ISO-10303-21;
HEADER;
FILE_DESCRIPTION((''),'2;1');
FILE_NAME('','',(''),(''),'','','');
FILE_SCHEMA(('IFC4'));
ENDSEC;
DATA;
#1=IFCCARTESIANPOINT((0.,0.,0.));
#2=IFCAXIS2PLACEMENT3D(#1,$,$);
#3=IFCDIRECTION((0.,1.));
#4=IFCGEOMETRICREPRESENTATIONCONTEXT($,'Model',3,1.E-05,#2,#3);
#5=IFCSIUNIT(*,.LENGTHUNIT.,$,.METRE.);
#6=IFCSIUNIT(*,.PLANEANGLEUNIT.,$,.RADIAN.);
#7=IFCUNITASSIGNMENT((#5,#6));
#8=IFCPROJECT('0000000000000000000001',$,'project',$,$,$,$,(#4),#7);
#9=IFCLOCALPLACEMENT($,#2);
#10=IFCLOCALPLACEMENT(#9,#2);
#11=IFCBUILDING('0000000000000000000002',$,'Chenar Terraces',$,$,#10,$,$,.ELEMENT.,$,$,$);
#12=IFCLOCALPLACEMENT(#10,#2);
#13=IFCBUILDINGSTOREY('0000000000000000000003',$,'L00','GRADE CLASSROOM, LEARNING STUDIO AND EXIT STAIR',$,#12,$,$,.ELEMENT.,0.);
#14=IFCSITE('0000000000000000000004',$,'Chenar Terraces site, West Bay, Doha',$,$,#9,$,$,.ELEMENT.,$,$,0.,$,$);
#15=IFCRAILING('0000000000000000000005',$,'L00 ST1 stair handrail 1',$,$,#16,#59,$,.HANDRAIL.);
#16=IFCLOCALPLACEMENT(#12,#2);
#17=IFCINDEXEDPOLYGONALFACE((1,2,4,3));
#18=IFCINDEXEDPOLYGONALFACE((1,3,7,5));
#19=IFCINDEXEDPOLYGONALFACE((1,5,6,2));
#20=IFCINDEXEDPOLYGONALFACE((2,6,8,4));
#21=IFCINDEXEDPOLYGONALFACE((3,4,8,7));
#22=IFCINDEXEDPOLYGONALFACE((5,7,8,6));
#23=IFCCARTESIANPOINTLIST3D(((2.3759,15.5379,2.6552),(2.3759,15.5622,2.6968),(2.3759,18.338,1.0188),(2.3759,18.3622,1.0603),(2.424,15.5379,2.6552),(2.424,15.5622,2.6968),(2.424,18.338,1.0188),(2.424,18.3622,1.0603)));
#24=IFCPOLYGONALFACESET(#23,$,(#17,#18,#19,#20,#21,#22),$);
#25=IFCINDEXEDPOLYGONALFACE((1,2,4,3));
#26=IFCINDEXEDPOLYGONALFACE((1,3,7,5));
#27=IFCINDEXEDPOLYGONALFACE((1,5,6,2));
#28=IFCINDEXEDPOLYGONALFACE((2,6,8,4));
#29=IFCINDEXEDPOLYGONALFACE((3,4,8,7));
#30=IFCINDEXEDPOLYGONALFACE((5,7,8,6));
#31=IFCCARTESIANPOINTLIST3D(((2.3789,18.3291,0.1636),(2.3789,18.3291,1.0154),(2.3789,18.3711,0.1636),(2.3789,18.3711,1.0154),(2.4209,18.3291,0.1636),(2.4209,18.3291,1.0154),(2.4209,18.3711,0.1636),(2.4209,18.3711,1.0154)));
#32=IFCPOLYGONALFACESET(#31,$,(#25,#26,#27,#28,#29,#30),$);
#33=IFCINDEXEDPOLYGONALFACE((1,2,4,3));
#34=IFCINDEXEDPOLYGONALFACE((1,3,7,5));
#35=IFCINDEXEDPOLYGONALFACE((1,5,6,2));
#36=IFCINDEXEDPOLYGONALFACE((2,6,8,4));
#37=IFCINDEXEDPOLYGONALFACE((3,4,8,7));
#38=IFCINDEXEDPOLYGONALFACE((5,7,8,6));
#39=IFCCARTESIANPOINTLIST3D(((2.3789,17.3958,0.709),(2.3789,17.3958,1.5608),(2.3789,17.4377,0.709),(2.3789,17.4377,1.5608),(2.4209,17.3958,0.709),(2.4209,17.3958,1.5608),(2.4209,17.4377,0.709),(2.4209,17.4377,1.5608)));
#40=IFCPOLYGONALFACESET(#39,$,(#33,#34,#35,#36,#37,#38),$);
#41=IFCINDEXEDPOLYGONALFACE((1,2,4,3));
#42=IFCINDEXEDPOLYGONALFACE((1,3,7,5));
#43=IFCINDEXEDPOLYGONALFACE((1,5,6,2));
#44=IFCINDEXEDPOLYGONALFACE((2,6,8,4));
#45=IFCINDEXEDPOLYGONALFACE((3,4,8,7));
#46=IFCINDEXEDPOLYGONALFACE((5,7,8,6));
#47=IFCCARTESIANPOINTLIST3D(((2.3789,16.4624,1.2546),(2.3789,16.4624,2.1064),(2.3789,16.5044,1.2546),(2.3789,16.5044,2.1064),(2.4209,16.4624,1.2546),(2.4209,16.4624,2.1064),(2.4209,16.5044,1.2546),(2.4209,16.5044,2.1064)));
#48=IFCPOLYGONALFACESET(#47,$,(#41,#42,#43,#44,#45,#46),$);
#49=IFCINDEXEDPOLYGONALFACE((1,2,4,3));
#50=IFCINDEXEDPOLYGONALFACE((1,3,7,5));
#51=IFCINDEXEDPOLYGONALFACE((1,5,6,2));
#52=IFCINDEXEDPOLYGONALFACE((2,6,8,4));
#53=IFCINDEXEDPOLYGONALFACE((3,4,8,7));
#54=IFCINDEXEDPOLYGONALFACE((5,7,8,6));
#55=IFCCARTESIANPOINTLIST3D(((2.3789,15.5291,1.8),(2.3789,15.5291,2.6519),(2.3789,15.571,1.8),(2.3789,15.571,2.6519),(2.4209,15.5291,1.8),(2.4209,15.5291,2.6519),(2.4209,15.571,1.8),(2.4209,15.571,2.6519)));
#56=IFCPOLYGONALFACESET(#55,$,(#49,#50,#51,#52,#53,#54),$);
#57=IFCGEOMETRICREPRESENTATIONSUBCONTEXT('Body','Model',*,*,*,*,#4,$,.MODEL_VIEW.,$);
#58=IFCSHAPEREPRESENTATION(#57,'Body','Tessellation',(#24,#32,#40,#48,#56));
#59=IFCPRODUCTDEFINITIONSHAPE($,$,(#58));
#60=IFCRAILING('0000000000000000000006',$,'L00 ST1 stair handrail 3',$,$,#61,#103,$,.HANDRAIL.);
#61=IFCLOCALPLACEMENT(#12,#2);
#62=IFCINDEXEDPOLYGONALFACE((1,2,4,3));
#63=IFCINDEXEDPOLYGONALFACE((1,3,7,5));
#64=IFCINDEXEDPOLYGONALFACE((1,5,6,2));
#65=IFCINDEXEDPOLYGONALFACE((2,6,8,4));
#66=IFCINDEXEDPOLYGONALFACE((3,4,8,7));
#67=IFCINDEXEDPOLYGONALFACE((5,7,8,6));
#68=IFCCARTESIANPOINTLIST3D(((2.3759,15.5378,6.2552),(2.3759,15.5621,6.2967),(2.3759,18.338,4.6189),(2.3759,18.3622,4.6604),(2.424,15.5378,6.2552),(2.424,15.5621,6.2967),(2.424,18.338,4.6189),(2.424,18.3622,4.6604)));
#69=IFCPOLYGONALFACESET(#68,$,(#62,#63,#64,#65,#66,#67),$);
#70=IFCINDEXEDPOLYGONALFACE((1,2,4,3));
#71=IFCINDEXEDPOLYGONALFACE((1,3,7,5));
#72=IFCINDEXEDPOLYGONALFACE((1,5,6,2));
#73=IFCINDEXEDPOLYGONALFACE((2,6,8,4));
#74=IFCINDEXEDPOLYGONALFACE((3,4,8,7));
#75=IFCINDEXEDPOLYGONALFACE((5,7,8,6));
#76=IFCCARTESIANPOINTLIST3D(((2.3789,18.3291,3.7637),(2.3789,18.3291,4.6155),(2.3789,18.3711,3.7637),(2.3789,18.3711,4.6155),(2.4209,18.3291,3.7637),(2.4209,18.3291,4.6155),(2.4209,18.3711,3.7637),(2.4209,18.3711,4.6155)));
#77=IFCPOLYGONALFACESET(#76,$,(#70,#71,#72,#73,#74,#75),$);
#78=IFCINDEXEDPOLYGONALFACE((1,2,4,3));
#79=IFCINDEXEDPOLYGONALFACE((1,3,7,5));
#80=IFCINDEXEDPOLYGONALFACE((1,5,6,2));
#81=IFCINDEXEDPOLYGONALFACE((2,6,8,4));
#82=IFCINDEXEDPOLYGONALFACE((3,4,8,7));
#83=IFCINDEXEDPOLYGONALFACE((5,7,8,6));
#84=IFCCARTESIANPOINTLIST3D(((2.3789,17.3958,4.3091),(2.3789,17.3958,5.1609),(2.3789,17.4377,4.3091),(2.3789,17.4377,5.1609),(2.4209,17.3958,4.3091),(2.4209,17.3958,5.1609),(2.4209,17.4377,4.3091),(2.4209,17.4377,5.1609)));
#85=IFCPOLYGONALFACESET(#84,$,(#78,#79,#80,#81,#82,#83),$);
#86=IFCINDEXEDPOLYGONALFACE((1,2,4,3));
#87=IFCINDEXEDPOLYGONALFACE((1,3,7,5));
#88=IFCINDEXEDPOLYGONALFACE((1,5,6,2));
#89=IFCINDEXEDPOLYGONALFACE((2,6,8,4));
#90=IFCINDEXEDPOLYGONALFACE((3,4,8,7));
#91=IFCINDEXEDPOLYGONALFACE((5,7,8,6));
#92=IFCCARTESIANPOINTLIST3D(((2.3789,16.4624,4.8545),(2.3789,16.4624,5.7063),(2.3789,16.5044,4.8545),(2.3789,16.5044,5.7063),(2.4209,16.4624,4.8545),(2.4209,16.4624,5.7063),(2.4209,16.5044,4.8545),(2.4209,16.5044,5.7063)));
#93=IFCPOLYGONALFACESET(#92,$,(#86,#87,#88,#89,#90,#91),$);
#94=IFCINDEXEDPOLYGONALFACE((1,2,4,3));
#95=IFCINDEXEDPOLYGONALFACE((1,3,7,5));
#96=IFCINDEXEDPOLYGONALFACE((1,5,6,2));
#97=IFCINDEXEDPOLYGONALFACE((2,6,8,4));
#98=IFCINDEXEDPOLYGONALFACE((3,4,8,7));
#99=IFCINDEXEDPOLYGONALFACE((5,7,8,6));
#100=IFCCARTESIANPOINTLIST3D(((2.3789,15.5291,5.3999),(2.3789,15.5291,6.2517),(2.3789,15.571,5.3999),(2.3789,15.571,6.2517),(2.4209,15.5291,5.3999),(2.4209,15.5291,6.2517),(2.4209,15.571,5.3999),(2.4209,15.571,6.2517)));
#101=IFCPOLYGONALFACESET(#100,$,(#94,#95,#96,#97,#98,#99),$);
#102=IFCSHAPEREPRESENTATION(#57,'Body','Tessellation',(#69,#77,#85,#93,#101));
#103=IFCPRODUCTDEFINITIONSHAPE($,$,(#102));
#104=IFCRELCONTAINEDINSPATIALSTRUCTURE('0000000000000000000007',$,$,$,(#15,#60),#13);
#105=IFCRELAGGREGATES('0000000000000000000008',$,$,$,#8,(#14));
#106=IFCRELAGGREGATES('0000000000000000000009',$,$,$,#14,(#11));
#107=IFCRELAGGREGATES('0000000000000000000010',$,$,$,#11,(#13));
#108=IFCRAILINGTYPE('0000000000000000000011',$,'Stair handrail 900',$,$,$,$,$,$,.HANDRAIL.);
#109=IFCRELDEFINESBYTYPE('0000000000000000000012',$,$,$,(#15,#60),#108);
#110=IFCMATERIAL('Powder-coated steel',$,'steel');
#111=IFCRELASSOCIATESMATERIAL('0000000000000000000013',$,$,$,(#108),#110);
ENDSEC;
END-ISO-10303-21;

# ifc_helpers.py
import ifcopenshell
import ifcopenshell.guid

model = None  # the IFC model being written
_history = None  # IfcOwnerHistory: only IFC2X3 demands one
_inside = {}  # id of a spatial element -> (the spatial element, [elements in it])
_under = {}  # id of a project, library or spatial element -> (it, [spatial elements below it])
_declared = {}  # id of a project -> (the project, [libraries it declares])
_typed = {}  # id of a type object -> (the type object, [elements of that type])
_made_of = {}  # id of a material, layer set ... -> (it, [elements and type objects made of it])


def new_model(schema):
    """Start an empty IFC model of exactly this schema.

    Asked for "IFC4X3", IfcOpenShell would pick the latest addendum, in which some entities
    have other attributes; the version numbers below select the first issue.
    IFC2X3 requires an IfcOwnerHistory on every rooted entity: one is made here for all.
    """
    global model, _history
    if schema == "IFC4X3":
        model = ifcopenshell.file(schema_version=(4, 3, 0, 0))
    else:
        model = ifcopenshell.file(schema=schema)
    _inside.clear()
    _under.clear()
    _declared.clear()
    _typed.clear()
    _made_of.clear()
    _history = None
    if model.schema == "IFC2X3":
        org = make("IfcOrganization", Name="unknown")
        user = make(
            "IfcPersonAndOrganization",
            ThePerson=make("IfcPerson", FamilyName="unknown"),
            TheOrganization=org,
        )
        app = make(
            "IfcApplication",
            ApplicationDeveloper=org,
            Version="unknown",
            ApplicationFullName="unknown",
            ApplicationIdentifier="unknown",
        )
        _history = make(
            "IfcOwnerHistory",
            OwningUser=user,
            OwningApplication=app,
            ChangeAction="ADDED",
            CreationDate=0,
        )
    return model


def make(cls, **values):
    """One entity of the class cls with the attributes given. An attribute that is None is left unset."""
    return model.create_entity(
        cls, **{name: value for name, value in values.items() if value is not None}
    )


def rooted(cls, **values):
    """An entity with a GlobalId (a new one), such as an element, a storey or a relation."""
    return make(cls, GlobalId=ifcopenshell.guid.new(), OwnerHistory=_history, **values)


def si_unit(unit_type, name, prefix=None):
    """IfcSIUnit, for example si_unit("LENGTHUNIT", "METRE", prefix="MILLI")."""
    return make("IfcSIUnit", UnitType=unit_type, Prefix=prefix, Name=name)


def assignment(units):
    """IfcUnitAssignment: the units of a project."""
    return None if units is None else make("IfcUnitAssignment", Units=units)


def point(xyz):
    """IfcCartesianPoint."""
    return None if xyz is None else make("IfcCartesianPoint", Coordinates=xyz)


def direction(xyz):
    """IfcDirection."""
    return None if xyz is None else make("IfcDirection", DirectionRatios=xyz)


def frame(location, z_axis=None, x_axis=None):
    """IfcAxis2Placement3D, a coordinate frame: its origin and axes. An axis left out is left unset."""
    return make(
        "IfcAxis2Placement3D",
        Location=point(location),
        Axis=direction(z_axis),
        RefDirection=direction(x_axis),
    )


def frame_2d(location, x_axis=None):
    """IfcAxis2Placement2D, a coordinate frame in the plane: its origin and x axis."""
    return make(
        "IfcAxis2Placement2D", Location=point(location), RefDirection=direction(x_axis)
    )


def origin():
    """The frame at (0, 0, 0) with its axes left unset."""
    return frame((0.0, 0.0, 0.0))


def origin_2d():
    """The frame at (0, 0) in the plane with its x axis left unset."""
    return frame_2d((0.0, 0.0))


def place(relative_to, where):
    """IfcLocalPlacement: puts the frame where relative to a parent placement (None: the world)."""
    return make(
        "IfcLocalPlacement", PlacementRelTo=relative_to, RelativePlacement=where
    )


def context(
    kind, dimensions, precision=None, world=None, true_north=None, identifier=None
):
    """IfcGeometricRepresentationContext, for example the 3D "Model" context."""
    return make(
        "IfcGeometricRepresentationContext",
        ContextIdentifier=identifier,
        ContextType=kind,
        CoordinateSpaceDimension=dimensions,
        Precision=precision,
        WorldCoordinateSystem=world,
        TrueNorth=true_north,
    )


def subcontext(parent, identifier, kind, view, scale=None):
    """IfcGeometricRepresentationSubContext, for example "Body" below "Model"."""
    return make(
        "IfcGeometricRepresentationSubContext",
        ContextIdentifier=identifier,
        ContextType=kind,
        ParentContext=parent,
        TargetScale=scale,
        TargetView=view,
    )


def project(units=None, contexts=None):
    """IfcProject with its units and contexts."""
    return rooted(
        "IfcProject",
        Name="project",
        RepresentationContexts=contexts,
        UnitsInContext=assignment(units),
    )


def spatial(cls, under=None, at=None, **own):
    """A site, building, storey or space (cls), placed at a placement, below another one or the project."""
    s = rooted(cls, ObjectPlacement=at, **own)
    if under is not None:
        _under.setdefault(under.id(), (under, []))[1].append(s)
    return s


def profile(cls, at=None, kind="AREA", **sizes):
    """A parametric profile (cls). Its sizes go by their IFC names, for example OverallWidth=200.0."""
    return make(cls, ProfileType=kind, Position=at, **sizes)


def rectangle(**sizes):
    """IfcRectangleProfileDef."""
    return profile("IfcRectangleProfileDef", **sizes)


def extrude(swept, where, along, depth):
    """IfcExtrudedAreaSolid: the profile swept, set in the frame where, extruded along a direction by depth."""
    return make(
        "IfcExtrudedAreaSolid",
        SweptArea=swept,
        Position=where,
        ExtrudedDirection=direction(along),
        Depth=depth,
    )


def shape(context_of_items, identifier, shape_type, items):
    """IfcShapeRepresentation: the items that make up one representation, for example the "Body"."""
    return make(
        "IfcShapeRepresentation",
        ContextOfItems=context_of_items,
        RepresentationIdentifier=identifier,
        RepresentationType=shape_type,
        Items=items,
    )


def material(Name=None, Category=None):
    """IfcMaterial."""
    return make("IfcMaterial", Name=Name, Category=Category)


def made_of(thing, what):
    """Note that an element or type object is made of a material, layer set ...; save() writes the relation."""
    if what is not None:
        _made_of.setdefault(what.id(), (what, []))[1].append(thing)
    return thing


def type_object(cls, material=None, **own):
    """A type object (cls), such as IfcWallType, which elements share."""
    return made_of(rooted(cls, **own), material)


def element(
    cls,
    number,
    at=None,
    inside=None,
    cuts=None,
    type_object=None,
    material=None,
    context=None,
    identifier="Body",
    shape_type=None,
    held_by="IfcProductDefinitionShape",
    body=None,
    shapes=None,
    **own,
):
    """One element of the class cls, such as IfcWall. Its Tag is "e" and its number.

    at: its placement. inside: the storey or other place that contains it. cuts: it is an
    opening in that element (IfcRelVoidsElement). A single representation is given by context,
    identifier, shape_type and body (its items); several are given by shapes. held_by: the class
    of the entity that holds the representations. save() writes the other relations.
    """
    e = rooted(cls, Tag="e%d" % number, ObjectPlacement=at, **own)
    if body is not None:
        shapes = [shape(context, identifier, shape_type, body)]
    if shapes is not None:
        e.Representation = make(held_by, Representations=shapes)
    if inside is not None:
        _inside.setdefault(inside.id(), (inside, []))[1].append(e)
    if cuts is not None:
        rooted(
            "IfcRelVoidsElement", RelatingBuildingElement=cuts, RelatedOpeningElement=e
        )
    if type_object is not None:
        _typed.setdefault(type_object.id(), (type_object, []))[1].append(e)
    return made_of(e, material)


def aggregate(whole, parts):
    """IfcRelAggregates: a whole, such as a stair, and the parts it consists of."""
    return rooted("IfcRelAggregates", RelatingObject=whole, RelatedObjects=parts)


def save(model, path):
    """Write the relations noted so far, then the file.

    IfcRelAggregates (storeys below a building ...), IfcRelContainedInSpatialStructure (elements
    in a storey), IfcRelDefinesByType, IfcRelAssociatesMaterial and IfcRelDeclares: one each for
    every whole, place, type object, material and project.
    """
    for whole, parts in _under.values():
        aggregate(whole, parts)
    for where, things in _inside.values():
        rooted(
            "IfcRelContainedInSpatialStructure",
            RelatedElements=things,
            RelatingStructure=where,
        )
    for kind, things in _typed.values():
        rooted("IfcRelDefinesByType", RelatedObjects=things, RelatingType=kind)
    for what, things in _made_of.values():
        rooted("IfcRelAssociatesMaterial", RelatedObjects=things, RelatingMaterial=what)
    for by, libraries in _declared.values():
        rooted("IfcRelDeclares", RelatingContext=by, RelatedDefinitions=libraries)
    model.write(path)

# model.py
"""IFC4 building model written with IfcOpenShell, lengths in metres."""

from ifc_helpers import new_model, si_unit, direction, frame, origin, origin_2d, place, context, subcontext, project, spatial, rectangle, extrude, material, type_object, element, save


model = new_model("IFC4")

# Units and contexts
model_context = context("Model", 3, precision=1e-05, world=origin(), true_north=direction((0.0, 1.0)))
body_context = subcontext(model_context, "Body", "Model", "MODEL_VIEW")
ifc_project = project(units=[si_unit("LENGTHUNIT", "METRE"), si_unit("PLANEANGLEUNIT", "RADIAN")], contexts=[model_context])

# Site, building, storey
site_placement = place(None, origin())
site = spatial("IfcSite", under=ifc_project, at=site_placement, Name="Chenar Terraces site, West Bay, Doha", CompositionType="ELEMENT", RefElevation=0.0)
building_placement = place(site_placement, origin())
building = spatial("IfcBuilding", under=site, at=building_placement, Name="Chenar Terraces", CompositionType="ELEMENT")
storey_placement = place(building_placement, origin())
storey = spatial("IfcBuildingStorey", under=building, at=storey_placement, Name="L00", Description="GRADE CLASSROOM, LEARNING STUDIO AND EXIT STAIR", CompositionType="ELEMENT", Elevation=0.0)

# Railings
ifc_material_1 = material(Name="Powder-coated steel", Category="steel")
railing_type = type_object("IfcRailingType", Name="Stair handrail 900", PredefinedType="HANDRAIL", material=ifc_material_1)
railing_1_placement = place(storey_placement, frame((2.3999, 18.3501, 0.1636)))
element("IfcRailing", 1, at=railing_1_placement, inside=storey, type_object=railing_type, Name="L00 ST1 stair handrail 1", PredefinedType="HANDRAIL", context=body_context, shape_type="SweptSolid", body=[
    extrude(rectangle(XDim=0.0481, YDim=0.0481, at=origin_2d()), frame((0.0, 0.0, 0.876), z_axis=(0.0, -0.863361, 0.504587), x_axis=(1.0, 0.0, 0.0)), (0.0, 0.0, 1.0), 3.2432),
    extrude(rectangle(XDim=0.042, YDim=0.042, at=origin_2d()), origin(), (0.0, 0.0, 1.0), 0.8518),
    extrude(rectangle(XDim=0.042, YDim=0.042, at=origin_2d()), frame((0.0, -0.9333, 0.5454)), (0.0, 0.0, 1.0), 0.8518),
    extrude(rectangle(XDim=0.042, YDim=0.042, at=origin_2d()), frame((0.0, -1.8667, 1.0911)), (0.0, 0.0, 1.0), 0.8518),
    extrude(rectangle(XDim=0.042, YDim=0.042, at=origin_2d()), frame((0.0, -2.8, 1.6365)), (0.0, 0.0, 1.0), 0.8518),
])
railing_2_placement = place(storey_placement, frame((2.3999, 18.3501, 3.7637)))
element("IfcRailing", 2, at=railing_2_placement, inside=storey, type_object=railing_type, Name="L00 ST1 stair handrail 3", PredefinedType="HANDRAIL", context=body_context, shape_type="SweptSolid", body=[
    extrude(rectangle(XDim=0.0481, YDim=0.0481, at=origin_2d()), frame((0.0, 0.0, 0.876), z_axis=(0.0, -0.863394, 0.504531), x_axis=(1.0, 0.0, 0.0)), (0.0, 0.0, 1.0), 3.2432),
    extrude(rectangle(XDim=0.042, YDim=0.042, at=origin_2d()), origin(), (0.0, 0.0, 1.0), 0.8518),
    extrude(rectangle(XDim=0.042, YDim=0.042, at=origin_2d()), frame((0.0, -0.9333, 0.5454)), (0.0, 0.0, 1.0), 0.8518),
    extrude(rectangle(XDim=0.042, YDim=0.042, at=origin_2d()), frame((0.0, -1.8667, 1.0908)), (0.0, 0.0, 1.0), 0.8518),
    extrude(rectangle(XDim=0.042, YDim=0.042, at=origin_2d()), frame((0.0, -2.8, 1.6362)), (0.0, 0.0, 1.0), 0.8518),
])

save(model, "model.ifc")
